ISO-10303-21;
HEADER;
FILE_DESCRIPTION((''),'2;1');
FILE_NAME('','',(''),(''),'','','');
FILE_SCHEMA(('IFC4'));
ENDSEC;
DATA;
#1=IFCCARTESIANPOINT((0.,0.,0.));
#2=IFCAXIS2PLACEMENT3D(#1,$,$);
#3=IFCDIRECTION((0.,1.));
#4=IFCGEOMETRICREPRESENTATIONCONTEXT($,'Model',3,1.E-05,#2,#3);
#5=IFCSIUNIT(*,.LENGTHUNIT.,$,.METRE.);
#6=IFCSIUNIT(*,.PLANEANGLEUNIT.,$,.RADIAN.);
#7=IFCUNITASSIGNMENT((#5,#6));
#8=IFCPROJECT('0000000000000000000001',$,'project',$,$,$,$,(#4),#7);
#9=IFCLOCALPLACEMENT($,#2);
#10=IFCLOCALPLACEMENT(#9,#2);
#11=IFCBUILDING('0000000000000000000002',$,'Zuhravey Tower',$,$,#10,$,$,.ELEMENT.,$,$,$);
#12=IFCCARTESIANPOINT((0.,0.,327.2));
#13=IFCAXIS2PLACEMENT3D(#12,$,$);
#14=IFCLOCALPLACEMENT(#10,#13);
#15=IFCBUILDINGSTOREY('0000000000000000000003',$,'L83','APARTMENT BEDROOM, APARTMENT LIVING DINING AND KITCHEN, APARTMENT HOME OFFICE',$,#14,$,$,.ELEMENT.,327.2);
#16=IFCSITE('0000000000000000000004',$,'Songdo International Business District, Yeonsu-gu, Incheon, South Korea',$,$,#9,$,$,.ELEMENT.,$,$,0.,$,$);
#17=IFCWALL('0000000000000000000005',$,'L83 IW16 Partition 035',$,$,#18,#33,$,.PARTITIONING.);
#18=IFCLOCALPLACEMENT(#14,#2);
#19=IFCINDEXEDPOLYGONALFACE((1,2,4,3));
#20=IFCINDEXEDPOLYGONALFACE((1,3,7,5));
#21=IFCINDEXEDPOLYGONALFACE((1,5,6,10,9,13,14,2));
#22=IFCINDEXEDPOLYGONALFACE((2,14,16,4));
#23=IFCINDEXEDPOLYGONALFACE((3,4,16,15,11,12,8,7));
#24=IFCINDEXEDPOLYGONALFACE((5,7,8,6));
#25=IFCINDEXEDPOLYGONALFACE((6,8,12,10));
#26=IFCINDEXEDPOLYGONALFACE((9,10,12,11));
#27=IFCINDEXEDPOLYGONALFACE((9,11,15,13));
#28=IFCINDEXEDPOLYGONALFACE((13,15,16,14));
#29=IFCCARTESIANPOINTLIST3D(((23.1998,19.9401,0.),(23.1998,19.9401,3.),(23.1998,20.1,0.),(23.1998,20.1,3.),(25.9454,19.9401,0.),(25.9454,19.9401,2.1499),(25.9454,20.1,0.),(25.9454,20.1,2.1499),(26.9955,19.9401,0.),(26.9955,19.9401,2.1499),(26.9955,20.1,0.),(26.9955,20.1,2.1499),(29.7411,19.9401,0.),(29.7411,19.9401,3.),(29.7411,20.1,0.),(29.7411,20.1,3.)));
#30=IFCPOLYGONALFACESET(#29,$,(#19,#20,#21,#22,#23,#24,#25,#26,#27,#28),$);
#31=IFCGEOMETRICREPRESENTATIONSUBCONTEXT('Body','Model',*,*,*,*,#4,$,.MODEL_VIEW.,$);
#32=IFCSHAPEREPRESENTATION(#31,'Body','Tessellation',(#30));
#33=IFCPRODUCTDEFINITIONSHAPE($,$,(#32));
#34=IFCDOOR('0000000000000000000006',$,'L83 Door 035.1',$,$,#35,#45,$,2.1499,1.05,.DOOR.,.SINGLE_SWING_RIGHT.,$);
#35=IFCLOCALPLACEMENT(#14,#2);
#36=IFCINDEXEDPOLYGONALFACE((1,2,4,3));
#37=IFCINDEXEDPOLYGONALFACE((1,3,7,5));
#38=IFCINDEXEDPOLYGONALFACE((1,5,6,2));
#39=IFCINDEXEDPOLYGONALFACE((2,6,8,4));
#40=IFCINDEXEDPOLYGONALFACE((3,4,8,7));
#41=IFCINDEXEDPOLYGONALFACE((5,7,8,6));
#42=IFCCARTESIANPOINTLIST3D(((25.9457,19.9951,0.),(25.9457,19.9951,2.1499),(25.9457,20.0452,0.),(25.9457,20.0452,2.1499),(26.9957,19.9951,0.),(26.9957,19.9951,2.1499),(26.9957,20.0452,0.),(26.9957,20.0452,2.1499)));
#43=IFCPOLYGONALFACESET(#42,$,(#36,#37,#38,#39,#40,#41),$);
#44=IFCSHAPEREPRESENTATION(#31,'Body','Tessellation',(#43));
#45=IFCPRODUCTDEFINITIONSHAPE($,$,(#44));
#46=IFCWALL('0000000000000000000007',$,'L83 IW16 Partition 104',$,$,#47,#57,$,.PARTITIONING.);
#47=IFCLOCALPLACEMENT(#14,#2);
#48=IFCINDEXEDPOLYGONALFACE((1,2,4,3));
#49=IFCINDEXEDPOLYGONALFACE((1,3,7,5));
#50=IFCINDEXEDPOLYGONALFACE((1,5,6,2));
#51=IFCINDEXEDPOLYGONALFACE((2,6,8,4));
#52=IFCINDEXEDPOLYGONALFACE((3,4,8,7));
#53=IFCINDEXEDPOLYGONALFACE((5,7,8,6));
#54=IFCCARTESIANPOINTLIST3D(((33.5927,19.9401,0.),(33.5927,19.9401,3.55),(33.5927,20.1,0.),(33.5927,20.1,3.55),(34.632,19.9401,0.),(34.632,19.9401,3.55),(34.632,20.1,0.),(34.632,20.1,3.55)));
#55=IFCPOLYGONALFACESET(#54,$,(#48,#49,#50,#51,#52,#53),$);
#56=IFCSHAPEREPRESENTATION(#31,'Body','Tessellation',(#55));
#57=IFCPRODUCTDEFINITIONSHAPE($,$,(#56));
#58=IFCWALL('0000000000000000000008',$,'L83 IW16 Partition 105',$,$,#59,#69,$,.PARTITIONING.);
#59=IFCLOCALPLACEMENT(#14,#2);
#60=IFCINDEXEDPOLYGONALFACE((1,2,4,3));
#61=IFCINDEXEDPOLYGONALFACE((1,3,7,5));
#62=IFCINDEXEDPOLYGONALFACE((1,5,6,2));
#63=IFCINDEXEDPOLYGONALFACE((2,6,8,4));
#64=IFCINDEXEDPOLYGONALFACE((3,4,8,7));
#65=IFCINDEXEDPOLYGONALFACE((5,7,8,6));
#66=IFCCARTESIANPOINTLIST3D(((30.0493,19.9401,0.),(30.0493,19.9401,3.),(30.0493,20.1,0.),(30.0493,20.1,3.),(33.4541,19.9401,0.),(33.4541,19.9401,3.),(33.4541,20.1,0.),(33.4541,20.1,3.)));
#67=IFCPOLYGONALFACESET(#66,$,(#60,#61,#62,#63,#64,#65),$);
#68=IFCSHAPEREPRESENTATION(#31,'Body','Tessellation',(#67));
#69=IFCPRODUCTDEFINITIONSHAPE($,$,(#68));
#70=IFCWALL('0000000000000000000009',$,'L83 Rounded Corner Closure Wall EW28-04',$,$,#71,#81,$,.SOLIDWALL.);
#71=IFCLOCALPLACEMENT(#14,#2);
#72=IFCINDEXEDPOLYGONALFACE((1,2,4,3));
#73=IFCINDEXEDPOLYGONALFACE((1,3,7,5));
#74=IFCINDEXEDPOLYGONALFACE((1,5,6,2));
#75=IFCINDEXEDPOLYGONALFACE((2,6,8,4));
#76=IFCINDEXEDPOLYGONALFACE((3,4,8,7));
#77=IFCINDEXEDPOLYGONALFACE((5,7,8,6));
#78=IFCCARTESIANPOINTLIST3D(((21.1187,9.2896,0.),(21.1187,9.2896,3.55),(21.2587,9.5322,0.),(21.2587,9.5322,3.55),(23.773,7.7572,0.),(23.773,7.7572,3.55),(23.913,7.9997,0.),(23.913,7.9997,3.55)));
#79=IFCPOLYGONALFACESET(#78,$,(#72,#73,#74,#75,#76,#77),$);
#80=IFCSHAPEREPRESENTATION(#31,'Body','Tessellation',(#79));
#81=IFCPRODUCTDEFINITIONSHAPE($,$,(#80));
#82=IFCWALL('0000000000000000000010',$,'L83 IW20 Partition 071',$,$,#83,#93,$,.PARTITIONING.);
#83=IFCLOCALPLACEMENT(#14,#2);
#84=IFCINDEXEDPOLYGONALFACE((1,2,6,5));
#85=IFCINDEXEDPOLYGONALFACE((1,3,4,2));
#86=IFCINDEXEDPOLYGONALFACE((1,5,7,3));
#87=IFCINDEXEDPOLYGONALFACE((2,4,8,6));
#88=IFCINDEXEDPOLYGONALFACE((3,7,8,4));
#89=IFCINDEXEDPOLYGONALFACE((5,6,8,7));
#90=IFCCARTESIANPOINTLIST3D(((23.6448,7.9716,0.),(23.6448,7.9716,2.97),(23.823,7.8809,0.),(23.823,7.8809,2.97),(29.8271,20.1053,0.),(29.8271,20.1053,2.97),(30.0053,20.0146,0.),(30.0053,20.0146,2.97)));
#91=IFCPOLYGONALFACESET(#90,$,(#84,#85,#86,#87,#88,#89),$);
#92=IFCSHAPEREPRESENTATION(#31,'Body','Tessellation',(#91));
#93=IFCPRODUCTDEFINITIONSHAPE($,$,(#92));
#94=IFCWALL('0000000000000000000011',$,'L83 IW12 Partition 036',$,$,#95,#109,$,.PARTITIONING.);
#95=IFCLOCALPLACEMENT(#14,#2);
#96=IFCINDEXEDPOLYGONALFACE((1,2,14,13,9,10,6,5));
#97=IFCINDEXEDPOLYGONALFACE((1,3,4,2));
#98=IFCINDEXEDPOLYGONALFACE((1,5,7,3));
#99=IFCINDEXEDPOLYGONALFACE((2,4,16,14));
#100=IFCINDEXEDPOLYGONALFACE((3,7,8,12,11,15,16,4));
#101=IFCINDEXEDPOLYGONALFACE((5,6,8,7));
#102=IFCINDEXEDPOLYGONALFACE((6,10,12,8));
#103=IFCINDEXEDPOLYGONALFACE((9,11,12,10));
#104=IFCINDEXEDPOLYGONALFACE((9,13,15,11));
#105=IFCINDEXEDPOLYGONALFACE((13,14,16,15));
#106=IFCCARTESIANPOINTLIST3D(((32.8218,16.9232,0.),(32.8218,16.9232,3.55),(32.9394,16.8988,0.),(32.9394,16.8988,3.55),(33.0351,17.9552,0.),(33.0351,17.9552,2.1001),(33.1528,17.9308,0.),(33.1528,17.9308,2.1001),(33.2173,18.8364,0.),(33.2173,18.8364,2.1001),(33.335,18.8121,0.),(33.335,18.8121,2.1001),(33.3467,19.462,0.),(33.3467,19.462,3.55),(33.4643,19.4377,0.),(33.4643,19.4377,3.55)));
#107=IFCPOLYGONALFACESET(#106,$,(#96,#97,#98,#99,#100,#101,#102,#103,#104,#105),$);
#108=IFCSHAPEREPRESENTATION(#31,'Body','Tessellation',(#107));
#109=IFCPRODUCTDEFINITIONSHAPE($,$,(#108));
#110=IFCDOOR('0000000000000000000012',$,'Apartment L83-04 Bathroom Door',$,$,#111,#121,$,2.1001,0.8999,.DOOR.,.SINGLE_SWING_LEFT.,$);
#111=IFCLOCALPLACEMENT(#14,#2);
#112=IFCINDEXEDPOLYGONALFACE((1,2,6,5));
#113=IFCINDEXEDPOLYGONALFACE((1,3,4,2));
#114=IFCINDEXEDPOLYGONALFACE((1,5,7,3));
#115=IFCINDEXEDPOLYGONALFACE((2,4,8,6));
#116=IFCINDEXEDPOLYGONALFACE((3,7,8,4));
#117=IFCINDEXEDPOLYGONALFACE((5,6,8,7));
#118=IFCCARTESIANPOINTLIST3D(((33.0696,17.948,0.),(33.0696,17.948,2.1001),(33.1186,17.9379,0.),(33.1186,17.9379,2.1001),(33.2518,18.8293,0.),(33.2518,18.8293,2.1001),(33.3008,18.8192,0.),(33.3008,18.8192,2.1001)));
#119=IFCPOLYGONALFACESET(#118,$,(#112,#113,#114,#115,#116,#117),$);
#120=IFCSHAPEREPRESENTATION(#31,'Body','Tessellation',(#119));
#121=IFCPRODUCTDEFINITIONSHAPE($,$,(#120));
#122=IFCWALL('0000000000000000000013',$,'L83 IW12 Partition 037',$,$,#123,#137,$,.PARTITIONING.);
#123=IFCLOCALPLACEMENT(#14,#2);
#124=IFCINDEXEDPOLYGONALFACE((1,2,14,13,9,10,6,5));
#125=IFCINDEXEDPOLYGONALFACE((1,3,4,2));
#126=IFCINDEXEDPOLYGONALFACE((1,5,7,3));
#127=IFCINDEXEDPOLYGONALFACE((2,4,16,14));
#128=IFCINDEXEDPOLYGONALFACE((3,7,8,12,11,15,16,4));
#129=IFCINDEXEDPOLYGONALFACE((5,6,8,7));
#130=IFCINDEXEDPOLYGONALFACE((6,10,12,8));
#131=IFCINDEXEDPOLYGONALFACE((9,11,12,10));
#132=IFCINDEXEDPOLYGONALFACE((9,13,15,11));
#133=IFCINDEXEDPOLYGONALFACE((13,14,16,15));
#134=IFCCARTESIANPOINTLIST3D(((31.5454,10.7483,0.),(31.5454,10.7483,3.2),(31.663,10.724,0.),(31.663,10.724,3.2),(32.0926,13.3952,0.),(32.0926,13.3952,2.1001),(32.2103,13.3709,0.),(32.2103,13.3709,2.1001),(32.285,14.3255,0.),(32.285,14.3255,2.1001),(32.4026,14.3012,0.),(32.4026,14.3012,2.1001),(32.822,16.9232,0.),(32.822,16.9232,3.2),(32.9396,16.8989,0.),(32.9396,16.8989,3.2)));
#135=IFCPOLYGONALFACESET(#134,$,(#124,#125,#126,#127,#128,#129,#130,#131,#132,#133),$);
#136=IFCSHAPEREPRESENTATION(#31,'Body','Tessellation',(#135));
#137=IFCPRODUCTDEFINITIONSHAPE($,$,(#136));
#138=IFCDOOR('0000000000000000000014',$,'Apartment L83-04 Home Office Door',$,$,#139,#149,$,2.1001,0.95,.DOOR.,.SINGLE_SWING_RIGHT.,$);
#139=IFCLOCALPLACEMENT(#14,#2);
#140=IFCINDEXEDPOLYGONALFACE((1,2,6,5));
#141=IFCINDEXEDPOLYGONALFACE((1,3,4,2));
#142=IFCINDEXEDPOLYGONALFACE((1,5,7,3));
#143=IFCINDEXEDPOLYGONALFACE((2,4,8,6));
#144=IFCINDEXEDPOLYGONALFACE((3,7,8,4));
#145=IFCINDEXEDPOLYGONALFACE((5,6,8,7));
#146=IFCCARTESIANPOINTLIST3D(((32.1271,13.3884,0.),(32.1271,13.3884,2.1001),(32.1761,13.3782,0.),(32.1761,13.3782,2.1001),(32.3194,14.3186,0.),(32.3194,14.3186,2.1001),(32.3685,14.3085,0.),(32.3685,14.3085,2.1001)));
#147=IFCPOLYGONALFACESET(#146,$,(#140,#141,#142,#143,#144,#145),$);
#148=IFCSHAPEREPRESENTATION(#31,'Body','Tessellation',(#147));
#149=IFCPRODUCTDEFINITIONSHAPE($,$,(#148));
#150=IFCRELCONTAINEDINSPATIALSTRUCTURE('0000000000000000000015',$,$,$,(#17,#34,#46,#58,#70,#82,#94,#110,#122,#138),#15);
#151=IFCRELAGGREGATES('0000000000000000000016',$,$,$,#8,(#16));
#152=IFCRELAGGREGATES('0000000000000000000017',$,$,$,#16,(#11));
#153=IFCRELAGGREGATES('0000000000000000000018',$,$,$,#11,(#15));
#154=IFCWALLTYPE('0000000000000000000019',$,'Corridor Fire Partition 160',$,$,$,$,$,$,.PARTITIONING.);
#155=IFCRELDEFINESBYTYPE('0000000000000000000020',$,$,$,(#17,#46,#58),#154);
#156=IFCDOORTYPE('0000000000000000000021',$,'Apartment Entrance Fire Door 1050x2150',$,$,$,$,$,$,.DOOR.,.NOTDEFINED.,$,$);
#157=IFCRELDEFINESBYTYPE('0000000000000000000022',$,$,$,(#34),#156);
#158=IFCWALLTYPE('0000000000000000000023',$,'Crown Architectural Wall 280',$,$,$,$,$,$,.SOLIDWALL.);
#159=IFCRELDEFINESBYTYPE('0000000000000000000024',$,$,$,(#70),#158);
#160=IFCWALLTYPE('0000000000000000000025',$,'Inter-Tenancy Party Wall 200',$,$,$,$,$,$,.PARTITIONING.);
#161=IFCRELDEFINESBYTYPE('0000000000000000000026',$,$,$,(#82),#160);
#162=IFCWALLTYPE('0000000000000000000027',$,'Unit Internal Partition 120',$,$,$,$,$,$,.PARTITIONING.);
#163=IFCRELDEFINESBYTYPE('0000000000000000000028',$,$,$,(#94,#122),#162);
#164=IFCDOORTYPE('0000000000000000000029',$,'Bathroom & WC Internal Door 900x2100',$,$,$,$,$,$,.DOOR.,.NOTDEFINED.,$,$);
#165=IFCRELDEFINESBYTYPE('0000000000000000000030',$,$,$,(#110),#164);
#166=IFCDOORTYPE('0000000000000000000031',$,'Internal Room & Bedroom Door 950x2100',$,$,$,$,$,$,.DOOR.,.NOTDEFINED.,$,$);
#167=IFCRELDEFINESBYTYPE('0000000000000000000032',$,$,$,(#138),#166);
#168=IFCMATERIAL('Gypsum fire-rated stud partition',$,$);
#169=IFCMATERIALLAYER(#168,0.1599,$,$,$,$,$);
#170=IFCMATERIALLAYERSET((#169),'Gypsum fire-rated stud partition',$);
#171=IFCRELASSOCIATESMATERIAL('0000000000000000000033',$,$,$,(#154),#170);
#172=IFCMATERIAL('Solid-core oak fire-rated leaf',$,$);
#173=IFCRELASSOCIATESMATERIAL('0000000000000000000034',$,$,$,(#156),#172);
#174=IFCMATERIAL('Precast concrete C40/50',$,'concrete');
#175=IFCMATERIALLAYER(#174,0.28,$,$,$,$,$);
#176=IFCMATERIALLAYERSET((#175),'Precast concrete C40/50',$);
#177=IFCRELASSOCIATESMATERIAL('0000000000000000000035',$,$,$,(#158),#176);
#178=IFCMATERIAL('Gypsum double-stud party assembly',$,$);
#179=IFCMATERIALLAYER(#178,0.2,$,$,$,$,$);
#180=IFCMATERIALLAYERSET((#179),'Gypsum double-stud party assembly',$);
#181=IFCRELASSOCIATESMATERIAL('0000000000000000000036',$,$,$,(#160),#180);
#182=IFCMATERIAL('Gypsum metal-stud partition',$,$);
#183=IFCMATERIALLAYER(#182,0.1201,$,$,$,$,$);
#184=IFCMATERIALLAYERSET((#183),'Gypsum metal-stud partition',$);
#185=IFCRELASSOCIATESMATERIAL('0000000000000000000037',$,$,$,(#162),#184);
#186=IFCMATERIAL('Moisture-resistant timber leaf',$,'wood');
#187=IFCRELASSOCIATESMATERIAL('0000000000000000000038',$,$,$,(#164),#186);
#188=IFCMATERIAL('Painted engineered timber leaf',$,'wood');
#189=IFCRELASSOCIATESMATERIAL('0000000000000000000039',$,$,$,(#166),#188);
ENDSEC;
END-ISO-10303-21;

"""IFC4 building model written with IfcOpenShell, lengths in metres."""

from ifc_helpers import new_model, si_unit, direction, frame, frame_2d, origin, place, context, subcontext, project, spatial, rectangle, extrude, material, layer, layer_set, type_object, element, fill, save


model = new_model("IFC4")

# Units and contexts
model_context = context("Model", 3, precision=1e-05, world=origin(), true_north=direction((0.0, 1.0)))
body_context = subcontext(model_context, "Body", "Model", "MODEL_VIEW")
ifc_project = project(units=[si_unit("LENGTHUNIT", "METRE"), si_unit("PLANEANGLEUNIT", "RADIAN")], contexts=[model_context])

# Site, building, storey
site_placement = place(None, origin())
site = spatial("IfcSite", under=ifc_project, at=site_placement, Name="Songdo International Business District, Yeonsu-gu, Incheon, South Korea", CompositionType="ELEMENT", RefElevation=0.0)
building_placement = place(site_placement, origin())
building = spatial("IfcBuilding", under=site, at=building_placement, Name="Zuhravey Tower", CompositionType="ELEMENT")
storey_placement = place(building_placement, frame((0.0, 0.0, 327.2)))
storey = spatial("IfcBuildingStorey", under=building, at=storey_placement, Name="L83", Description="APARTMENT BEDROOM, APARTMENT LIVING DINING AND KITCHEN, APARTMENT HOME OFFICE", CompositionType="ELEMENT", Elevation=327.2)

# Wall, opening, door
ifc_material_1 = material(Name="Gypsum fire-rated stud partition")
ifc_layer_1 = layer(ifc_material_1, 0.1599)
ifc_layer_set_1 = layer_set([ifc_layer_1], Name="Gypsum fire-rated stud partition")
wall_type_1 = type_object("IfcWallType", Name="Corridor Fire Partition 160", PredefinedType="PARTITIONING", material=ifc_layer_set_1)
wall_1_placement = place(storey_placement, frame((23.2, 20.02, 0.0), z_axis=(0.0, 0.0, 1.0), x_axis=(1.0, 0.0, 0.0)))
wall_1 = element("IfcWall", 1, at=wall_1_placement, inside=storey, type_object=wall_type_1, Name="L83 IW16 Partition 035", PredefinedType="PARTITIONING", context=body_context, shape_type="SweptSolid", body=[
    extrude(rectangle(XDim=6.5413, YDim=0.1599, at=frame_2d((3.2705, 0.0))), origin(), (0.0, 0.0, 1.0), 3.0),
])
opening_1_placement = place(wall_1_placement, frame((2.7456, 0.0, 0.0)))
opening_1 = element("IfcOpeningElement", 2, at=opening_1_placement, cuts=wall_1, PredefinedType="OPENING", context=body_context, shape_type="SweptSolid", body=[
    extrude(rectangle(XDim=1.05, YDim=2.1499, at=frame_2d((0.5249, 1.075))), frame((0.0, 0.092, 0.0), z_axis=(0.0, -1.0, 0.0), x_axis=(1.0, 0.0, 0.0)), (0.0, 0.0, 1.0), 0.1838),
])
ifc_material_2 = material(Name="Solid-core oak fire-rated leaf")
door_type_1 = type_object("IfcDoorType", Name="Apartment Entrance Fire Door 1050x2150", OperationType="NOTDEFINED", PredefinedType="DOOR", material=ifc_material_2)
door_1_placement = place(opening_1_placement, frame((1.05, 0.0, 0.0), z_axis=(0.0, 0.0, 1.0), x_axis=(-1.0, 0.0, 0.0)))
door_1 = element("IfcDoor", 3, at=door_1_placement, inside=storey, type_object=door_type_1, Name="L83 Door 035.1", OperationType="SINGLE_SWING_RIGHT", OverallHeight=2.1499, OverallWidth=1.05, PredefinedType="DOOR", context=body_context, shape_type="SweptSolid", body=[
    extrude(rectangle(XDim=1.05, YDim=2.1499, at=frame_2d((0.5249, 1.075))), frame((0.0, 0.0249, 0.0), z_axis=(0.0, -1.0, 0.0), x_axis=(1.0, 0.0, 0.0)), (0.0, 0.0, 1.0), 0.05),
])
fill(opening_1, door_1)

# Walls
wall_2_placement = place(storey_placement, frame((33.5928, 20.02, 0.0), z_axis=(0.0, 0.0, 1.0), x_axis=(1.0, 0.0, 0.0)))
element("IfcWall", 4, at=wall_2_placement, inside=storey, type_object=wall_type_1, Name="L83 IW16 Partition 104", PredefinedType="PARTITIONING", context=body_context, shape_type="SweptSolid", body=[
    extrude(rectangle(XDim=1.0393, YDim=0.1599, at=frame_2d((0.5195, 0.0))), origin(), (0.0, 0.0, 1.0), 3.55),
])
wall_3_placement = place(storey_placement, frame((30.0493, 20.02, 0.0), z_axis=(0.0, 0.0, 1.0), x_axis=(1.0, 0.0, 0.0)))
element("IfcWall", 5, at=wall_3_placement, inside=storey, type_object=wall_type_1, Name="L83 IW16 Partition 105", PredefinedType="PARTITIONING", context=body_context, shape_type="SweptSolid", body=[
    extrude(rectangle(XDim=3.4048, YDim=0.1599, at=frame_2d((1.7024, 0.0))), origin(), (0.0, 0.0, 1.0), 3.0),
])
ifc_material_3 = material(Name="Precast concrete C40/50", Category="concrete")
ifc_layer_2 = layer(ifc_material_3, 0.28)
ifc_layer_set_2 = layer_set([ifc_layer_2], Name="Precast concrete C40/50")
wall_type_2 = type_object("IfcWallType", Name="Crown Architectural Wall 280", PredefinedType="SOLIDWALL", material=ifc_layer_set_2)
wall_4_placement = place(storey_placement, frame((23.843, 7.8784, 0.0), z_axis=(0.0, 0.0, 1.0), x_axis=(-0.866024, 0.500003, 0.0)))
element("IfcWall", 6, at=wall_4_placement, inside=storey, type_object=wall_type_2, Name="L83 Rounded Corner Closure Wall EW28-04", PredefinedType="SOLIDWALL", context=body_context, shape_type="SweptSolid", body=[
    extrude(rectangle(XDim=3.0649, YDim=0.28, at=frame_2d((1.5325, 0.0))), origin(), (0.0, 0.0, 1.0), 3.55),
])
ifc_material_4 = material(Name="Gypsum double-stud party assembly")
ifc_layer_3 = layer(ifc_material_4, 0.2)
ifc_layer_set_3 = layer_set([ifc_layer_3], Name="Gypsum double-stud party assembly")
wall_type_3 = type_object("IfcWallType", Name="Inter-Tenancy Party Wall 200", PredefinedType="PARTITIONING", material=ifc_layer_set_3)
wall_5_placement = place(storey_placement, frame((29.9163, 20.0601, 0.0), z_axis=(0.0, 0.0, 1.0), x_axis=(-0.453985, -0.89101, 0.0)))
element("IfcWall", 7, at=wall_5_placement, inside=storey, type_object=wall_type_3, Name="L83 IW20 Partition 071", PredefinedType="PARTITIONING", context=body_context, shape_type="SweptSolid", body=[
    extrude(rectangle(XDim=13.6179, YDim=0.2, at=frame_2d((6.8091, 0.0))), origin(), (0.0, 0.0, 1.0), 2.97),
])

# Walls, openings, doors
ifc_material_5 = material(Name="Gypsum metal-stud partition")
ifc_layer_4 = layer(ifc_material_5, 0.1201)
ifc_layer_set_4 = layer_set([ifc_layer_4], Name="Gypsum metal-stud partition")
wall_type_4 = type_object("IfcWallType", Name="Unit Internal Partition 120", PredefinedType="PARTITIONING", material=ifc_layer_set_4)
wall_6_placement = place(storey_placement, frame((33.4055, 19.45, 0.0), z_axis=(0.0, 0.0, 1.0), x_axis=(-0.202469, -0.979289, 0.0)))
wall_6 = element("IfcWall", 8, at=wall_6_placement, inside=storey, type_object=wall_type_4, Name="L83 IW12 Partition 036", PredefinedType="PARTITIONING", context=body_context, shape_type="SweptSolid", body=[
    extrude(rectangle(XDim=2.5925, YDim=0.1201, at=frame_2d((1.2964, 0.0))), origin(), (0.0, 0.0, 1.0), 3.55),
])
opening_2_placement = place(wall_6_placement, frame((0.6389, 0.0, 0.0)))
opening_2 = element("IfcOpeningElement", 9, at=opening_2_placement, cuts=wall_6, PredefinedType="OPENING", context=body_context, shape_type="SweptSolid", body=[
    extrude(rectangle(XDim=0.8999, YDim=2.1001, at=frame_2d((0.45, 1.05))), frame((0.0, 0.072, 0.0), z_axis=(0.0, -1.0, 0.0), x_axis=(1.0, 0.0, 0.0)), (0.0, 0.0, 1.0), 0.144),
])
ifc_material_6 = material(Name="Moisture-resistant timber leaf", Category="wood")
door_type_2 = type_object("IfcDoorType", Name="Bathroom & WC Internal Door 900x2100", OperationType="NOTDEFINED", PredefinedType="DOOR", material=ifc_material_6)
door_2_placement = place(opening_2_placement, frame((0.8999, 0.0, 0.0), z_axis=(0.0, 0.0, 1.0), x_axis=(-1.0, 0.0, 0.0)))
door_2 = element("IfcDoor", 10, at=door_2_placement, inside=storey, type_object=door_type_2, Name="Apartment L83-04 Bathroom Door", OperationType="SINGLE_SWING_LEFT", OverallHeight=2.1001, OverallWidth=0.8999, PredefinedType="DOOR", context=body_context, shape_type="SweptSolid", body=[
    extrude(rectangle(XDim=0.8999, YDim=2.1001, at=frame_2d((0.45, 1.05))), frame((0.0, 0.0249, 0.0), z_axis=(0.0, -1.0, 0.0), x_axis=(1.0, 0.0, 0.0)), (0.0, 0.0, 1.0), 0.05),
])
fill(opening_2, door_2)
wall_7_placement = place(storey_placement, frame((32.8809, 16.9111, 0.0), z_axis=(0.0, 0.0, 1.0), x_axis=(-0.202463, -0.97929, 0.0)))
wall_7 = element("IfcWall", 11, at=wall_7_placement, inside=storey, type_object=wall_type_4, Name="L83 IW12 Partition 037", PredefinedType="PARTITIONING", context=body_context, shape_type="SweptSolid", body=[
    extrude(rectangle(XDim=6.3054, YDim=0.1201, at=frame_2d((3.1528, 0.0))), origin(), (0.0, 0.0, 1.0), 3.2),
])
opening_3_placement = place(wall_7_placement, frame((2.6526, 0.0, 0.0)))
opening_3 = element("IfcOpeningElement", 12, at=opening_3_placement, cuts=wall_7, PredefinedType="OPENING", context=body_context, shape_type="SweptSolid", body=[
    extrude(rectangle(XDim=0.95, YDim=2.1001, at=frame_2d((0.4751, 1.05))), frame((0.0, 0.072, 0.0), z_axis=(0.0, -1.0, 0.0), x_axis=(1.0, 0.0, 0.0)), (0.0, 0.0, 1.0), 0.144),
])
ifc_material_7 = material(Name="Painted engineered timber leaf", Category="wood")
door_type_3 = type_object("IfcDoorType", Name="Internal Room & Bedroom Door 950x2100", OperationType="NOTDEFINED", PredefinedType="DOOR", material=ifc_material_7)
door_3_placement = place(opening_3_placement, frame((0.95, 0.0, 0.0), z_axis=(0.0, 0.0, 1.0), x_axis=(-1.0, 0.0, 0.0)))
door_3 = element("IfcDoor", 13, at=door_3_placement, inside=storey, type_object=door_type_3, Name="Apartment L83-04 Home Office Door", OperationType="SINGLE_SWING_RIGHT", OverallHeight=2.1001, OverallWidth=0.95, PredefinedType="DOOR", context=body_context, shape_type="SweptSolid", body=[
    extrude(rectangle(XDim=0.95, YDim=2.1001, at=frame_2d((0.4751, 1.05))), frame((0.0, 0.0249, 0.0), z_axis=(0.0, -1.0, 0.0), x_axis=(1.0, 0.0, 0.0)), (0.0, 0.0, 1.0), 0.05),
])
fill(opening_3, door_3)

save(model, "model.ifc")
